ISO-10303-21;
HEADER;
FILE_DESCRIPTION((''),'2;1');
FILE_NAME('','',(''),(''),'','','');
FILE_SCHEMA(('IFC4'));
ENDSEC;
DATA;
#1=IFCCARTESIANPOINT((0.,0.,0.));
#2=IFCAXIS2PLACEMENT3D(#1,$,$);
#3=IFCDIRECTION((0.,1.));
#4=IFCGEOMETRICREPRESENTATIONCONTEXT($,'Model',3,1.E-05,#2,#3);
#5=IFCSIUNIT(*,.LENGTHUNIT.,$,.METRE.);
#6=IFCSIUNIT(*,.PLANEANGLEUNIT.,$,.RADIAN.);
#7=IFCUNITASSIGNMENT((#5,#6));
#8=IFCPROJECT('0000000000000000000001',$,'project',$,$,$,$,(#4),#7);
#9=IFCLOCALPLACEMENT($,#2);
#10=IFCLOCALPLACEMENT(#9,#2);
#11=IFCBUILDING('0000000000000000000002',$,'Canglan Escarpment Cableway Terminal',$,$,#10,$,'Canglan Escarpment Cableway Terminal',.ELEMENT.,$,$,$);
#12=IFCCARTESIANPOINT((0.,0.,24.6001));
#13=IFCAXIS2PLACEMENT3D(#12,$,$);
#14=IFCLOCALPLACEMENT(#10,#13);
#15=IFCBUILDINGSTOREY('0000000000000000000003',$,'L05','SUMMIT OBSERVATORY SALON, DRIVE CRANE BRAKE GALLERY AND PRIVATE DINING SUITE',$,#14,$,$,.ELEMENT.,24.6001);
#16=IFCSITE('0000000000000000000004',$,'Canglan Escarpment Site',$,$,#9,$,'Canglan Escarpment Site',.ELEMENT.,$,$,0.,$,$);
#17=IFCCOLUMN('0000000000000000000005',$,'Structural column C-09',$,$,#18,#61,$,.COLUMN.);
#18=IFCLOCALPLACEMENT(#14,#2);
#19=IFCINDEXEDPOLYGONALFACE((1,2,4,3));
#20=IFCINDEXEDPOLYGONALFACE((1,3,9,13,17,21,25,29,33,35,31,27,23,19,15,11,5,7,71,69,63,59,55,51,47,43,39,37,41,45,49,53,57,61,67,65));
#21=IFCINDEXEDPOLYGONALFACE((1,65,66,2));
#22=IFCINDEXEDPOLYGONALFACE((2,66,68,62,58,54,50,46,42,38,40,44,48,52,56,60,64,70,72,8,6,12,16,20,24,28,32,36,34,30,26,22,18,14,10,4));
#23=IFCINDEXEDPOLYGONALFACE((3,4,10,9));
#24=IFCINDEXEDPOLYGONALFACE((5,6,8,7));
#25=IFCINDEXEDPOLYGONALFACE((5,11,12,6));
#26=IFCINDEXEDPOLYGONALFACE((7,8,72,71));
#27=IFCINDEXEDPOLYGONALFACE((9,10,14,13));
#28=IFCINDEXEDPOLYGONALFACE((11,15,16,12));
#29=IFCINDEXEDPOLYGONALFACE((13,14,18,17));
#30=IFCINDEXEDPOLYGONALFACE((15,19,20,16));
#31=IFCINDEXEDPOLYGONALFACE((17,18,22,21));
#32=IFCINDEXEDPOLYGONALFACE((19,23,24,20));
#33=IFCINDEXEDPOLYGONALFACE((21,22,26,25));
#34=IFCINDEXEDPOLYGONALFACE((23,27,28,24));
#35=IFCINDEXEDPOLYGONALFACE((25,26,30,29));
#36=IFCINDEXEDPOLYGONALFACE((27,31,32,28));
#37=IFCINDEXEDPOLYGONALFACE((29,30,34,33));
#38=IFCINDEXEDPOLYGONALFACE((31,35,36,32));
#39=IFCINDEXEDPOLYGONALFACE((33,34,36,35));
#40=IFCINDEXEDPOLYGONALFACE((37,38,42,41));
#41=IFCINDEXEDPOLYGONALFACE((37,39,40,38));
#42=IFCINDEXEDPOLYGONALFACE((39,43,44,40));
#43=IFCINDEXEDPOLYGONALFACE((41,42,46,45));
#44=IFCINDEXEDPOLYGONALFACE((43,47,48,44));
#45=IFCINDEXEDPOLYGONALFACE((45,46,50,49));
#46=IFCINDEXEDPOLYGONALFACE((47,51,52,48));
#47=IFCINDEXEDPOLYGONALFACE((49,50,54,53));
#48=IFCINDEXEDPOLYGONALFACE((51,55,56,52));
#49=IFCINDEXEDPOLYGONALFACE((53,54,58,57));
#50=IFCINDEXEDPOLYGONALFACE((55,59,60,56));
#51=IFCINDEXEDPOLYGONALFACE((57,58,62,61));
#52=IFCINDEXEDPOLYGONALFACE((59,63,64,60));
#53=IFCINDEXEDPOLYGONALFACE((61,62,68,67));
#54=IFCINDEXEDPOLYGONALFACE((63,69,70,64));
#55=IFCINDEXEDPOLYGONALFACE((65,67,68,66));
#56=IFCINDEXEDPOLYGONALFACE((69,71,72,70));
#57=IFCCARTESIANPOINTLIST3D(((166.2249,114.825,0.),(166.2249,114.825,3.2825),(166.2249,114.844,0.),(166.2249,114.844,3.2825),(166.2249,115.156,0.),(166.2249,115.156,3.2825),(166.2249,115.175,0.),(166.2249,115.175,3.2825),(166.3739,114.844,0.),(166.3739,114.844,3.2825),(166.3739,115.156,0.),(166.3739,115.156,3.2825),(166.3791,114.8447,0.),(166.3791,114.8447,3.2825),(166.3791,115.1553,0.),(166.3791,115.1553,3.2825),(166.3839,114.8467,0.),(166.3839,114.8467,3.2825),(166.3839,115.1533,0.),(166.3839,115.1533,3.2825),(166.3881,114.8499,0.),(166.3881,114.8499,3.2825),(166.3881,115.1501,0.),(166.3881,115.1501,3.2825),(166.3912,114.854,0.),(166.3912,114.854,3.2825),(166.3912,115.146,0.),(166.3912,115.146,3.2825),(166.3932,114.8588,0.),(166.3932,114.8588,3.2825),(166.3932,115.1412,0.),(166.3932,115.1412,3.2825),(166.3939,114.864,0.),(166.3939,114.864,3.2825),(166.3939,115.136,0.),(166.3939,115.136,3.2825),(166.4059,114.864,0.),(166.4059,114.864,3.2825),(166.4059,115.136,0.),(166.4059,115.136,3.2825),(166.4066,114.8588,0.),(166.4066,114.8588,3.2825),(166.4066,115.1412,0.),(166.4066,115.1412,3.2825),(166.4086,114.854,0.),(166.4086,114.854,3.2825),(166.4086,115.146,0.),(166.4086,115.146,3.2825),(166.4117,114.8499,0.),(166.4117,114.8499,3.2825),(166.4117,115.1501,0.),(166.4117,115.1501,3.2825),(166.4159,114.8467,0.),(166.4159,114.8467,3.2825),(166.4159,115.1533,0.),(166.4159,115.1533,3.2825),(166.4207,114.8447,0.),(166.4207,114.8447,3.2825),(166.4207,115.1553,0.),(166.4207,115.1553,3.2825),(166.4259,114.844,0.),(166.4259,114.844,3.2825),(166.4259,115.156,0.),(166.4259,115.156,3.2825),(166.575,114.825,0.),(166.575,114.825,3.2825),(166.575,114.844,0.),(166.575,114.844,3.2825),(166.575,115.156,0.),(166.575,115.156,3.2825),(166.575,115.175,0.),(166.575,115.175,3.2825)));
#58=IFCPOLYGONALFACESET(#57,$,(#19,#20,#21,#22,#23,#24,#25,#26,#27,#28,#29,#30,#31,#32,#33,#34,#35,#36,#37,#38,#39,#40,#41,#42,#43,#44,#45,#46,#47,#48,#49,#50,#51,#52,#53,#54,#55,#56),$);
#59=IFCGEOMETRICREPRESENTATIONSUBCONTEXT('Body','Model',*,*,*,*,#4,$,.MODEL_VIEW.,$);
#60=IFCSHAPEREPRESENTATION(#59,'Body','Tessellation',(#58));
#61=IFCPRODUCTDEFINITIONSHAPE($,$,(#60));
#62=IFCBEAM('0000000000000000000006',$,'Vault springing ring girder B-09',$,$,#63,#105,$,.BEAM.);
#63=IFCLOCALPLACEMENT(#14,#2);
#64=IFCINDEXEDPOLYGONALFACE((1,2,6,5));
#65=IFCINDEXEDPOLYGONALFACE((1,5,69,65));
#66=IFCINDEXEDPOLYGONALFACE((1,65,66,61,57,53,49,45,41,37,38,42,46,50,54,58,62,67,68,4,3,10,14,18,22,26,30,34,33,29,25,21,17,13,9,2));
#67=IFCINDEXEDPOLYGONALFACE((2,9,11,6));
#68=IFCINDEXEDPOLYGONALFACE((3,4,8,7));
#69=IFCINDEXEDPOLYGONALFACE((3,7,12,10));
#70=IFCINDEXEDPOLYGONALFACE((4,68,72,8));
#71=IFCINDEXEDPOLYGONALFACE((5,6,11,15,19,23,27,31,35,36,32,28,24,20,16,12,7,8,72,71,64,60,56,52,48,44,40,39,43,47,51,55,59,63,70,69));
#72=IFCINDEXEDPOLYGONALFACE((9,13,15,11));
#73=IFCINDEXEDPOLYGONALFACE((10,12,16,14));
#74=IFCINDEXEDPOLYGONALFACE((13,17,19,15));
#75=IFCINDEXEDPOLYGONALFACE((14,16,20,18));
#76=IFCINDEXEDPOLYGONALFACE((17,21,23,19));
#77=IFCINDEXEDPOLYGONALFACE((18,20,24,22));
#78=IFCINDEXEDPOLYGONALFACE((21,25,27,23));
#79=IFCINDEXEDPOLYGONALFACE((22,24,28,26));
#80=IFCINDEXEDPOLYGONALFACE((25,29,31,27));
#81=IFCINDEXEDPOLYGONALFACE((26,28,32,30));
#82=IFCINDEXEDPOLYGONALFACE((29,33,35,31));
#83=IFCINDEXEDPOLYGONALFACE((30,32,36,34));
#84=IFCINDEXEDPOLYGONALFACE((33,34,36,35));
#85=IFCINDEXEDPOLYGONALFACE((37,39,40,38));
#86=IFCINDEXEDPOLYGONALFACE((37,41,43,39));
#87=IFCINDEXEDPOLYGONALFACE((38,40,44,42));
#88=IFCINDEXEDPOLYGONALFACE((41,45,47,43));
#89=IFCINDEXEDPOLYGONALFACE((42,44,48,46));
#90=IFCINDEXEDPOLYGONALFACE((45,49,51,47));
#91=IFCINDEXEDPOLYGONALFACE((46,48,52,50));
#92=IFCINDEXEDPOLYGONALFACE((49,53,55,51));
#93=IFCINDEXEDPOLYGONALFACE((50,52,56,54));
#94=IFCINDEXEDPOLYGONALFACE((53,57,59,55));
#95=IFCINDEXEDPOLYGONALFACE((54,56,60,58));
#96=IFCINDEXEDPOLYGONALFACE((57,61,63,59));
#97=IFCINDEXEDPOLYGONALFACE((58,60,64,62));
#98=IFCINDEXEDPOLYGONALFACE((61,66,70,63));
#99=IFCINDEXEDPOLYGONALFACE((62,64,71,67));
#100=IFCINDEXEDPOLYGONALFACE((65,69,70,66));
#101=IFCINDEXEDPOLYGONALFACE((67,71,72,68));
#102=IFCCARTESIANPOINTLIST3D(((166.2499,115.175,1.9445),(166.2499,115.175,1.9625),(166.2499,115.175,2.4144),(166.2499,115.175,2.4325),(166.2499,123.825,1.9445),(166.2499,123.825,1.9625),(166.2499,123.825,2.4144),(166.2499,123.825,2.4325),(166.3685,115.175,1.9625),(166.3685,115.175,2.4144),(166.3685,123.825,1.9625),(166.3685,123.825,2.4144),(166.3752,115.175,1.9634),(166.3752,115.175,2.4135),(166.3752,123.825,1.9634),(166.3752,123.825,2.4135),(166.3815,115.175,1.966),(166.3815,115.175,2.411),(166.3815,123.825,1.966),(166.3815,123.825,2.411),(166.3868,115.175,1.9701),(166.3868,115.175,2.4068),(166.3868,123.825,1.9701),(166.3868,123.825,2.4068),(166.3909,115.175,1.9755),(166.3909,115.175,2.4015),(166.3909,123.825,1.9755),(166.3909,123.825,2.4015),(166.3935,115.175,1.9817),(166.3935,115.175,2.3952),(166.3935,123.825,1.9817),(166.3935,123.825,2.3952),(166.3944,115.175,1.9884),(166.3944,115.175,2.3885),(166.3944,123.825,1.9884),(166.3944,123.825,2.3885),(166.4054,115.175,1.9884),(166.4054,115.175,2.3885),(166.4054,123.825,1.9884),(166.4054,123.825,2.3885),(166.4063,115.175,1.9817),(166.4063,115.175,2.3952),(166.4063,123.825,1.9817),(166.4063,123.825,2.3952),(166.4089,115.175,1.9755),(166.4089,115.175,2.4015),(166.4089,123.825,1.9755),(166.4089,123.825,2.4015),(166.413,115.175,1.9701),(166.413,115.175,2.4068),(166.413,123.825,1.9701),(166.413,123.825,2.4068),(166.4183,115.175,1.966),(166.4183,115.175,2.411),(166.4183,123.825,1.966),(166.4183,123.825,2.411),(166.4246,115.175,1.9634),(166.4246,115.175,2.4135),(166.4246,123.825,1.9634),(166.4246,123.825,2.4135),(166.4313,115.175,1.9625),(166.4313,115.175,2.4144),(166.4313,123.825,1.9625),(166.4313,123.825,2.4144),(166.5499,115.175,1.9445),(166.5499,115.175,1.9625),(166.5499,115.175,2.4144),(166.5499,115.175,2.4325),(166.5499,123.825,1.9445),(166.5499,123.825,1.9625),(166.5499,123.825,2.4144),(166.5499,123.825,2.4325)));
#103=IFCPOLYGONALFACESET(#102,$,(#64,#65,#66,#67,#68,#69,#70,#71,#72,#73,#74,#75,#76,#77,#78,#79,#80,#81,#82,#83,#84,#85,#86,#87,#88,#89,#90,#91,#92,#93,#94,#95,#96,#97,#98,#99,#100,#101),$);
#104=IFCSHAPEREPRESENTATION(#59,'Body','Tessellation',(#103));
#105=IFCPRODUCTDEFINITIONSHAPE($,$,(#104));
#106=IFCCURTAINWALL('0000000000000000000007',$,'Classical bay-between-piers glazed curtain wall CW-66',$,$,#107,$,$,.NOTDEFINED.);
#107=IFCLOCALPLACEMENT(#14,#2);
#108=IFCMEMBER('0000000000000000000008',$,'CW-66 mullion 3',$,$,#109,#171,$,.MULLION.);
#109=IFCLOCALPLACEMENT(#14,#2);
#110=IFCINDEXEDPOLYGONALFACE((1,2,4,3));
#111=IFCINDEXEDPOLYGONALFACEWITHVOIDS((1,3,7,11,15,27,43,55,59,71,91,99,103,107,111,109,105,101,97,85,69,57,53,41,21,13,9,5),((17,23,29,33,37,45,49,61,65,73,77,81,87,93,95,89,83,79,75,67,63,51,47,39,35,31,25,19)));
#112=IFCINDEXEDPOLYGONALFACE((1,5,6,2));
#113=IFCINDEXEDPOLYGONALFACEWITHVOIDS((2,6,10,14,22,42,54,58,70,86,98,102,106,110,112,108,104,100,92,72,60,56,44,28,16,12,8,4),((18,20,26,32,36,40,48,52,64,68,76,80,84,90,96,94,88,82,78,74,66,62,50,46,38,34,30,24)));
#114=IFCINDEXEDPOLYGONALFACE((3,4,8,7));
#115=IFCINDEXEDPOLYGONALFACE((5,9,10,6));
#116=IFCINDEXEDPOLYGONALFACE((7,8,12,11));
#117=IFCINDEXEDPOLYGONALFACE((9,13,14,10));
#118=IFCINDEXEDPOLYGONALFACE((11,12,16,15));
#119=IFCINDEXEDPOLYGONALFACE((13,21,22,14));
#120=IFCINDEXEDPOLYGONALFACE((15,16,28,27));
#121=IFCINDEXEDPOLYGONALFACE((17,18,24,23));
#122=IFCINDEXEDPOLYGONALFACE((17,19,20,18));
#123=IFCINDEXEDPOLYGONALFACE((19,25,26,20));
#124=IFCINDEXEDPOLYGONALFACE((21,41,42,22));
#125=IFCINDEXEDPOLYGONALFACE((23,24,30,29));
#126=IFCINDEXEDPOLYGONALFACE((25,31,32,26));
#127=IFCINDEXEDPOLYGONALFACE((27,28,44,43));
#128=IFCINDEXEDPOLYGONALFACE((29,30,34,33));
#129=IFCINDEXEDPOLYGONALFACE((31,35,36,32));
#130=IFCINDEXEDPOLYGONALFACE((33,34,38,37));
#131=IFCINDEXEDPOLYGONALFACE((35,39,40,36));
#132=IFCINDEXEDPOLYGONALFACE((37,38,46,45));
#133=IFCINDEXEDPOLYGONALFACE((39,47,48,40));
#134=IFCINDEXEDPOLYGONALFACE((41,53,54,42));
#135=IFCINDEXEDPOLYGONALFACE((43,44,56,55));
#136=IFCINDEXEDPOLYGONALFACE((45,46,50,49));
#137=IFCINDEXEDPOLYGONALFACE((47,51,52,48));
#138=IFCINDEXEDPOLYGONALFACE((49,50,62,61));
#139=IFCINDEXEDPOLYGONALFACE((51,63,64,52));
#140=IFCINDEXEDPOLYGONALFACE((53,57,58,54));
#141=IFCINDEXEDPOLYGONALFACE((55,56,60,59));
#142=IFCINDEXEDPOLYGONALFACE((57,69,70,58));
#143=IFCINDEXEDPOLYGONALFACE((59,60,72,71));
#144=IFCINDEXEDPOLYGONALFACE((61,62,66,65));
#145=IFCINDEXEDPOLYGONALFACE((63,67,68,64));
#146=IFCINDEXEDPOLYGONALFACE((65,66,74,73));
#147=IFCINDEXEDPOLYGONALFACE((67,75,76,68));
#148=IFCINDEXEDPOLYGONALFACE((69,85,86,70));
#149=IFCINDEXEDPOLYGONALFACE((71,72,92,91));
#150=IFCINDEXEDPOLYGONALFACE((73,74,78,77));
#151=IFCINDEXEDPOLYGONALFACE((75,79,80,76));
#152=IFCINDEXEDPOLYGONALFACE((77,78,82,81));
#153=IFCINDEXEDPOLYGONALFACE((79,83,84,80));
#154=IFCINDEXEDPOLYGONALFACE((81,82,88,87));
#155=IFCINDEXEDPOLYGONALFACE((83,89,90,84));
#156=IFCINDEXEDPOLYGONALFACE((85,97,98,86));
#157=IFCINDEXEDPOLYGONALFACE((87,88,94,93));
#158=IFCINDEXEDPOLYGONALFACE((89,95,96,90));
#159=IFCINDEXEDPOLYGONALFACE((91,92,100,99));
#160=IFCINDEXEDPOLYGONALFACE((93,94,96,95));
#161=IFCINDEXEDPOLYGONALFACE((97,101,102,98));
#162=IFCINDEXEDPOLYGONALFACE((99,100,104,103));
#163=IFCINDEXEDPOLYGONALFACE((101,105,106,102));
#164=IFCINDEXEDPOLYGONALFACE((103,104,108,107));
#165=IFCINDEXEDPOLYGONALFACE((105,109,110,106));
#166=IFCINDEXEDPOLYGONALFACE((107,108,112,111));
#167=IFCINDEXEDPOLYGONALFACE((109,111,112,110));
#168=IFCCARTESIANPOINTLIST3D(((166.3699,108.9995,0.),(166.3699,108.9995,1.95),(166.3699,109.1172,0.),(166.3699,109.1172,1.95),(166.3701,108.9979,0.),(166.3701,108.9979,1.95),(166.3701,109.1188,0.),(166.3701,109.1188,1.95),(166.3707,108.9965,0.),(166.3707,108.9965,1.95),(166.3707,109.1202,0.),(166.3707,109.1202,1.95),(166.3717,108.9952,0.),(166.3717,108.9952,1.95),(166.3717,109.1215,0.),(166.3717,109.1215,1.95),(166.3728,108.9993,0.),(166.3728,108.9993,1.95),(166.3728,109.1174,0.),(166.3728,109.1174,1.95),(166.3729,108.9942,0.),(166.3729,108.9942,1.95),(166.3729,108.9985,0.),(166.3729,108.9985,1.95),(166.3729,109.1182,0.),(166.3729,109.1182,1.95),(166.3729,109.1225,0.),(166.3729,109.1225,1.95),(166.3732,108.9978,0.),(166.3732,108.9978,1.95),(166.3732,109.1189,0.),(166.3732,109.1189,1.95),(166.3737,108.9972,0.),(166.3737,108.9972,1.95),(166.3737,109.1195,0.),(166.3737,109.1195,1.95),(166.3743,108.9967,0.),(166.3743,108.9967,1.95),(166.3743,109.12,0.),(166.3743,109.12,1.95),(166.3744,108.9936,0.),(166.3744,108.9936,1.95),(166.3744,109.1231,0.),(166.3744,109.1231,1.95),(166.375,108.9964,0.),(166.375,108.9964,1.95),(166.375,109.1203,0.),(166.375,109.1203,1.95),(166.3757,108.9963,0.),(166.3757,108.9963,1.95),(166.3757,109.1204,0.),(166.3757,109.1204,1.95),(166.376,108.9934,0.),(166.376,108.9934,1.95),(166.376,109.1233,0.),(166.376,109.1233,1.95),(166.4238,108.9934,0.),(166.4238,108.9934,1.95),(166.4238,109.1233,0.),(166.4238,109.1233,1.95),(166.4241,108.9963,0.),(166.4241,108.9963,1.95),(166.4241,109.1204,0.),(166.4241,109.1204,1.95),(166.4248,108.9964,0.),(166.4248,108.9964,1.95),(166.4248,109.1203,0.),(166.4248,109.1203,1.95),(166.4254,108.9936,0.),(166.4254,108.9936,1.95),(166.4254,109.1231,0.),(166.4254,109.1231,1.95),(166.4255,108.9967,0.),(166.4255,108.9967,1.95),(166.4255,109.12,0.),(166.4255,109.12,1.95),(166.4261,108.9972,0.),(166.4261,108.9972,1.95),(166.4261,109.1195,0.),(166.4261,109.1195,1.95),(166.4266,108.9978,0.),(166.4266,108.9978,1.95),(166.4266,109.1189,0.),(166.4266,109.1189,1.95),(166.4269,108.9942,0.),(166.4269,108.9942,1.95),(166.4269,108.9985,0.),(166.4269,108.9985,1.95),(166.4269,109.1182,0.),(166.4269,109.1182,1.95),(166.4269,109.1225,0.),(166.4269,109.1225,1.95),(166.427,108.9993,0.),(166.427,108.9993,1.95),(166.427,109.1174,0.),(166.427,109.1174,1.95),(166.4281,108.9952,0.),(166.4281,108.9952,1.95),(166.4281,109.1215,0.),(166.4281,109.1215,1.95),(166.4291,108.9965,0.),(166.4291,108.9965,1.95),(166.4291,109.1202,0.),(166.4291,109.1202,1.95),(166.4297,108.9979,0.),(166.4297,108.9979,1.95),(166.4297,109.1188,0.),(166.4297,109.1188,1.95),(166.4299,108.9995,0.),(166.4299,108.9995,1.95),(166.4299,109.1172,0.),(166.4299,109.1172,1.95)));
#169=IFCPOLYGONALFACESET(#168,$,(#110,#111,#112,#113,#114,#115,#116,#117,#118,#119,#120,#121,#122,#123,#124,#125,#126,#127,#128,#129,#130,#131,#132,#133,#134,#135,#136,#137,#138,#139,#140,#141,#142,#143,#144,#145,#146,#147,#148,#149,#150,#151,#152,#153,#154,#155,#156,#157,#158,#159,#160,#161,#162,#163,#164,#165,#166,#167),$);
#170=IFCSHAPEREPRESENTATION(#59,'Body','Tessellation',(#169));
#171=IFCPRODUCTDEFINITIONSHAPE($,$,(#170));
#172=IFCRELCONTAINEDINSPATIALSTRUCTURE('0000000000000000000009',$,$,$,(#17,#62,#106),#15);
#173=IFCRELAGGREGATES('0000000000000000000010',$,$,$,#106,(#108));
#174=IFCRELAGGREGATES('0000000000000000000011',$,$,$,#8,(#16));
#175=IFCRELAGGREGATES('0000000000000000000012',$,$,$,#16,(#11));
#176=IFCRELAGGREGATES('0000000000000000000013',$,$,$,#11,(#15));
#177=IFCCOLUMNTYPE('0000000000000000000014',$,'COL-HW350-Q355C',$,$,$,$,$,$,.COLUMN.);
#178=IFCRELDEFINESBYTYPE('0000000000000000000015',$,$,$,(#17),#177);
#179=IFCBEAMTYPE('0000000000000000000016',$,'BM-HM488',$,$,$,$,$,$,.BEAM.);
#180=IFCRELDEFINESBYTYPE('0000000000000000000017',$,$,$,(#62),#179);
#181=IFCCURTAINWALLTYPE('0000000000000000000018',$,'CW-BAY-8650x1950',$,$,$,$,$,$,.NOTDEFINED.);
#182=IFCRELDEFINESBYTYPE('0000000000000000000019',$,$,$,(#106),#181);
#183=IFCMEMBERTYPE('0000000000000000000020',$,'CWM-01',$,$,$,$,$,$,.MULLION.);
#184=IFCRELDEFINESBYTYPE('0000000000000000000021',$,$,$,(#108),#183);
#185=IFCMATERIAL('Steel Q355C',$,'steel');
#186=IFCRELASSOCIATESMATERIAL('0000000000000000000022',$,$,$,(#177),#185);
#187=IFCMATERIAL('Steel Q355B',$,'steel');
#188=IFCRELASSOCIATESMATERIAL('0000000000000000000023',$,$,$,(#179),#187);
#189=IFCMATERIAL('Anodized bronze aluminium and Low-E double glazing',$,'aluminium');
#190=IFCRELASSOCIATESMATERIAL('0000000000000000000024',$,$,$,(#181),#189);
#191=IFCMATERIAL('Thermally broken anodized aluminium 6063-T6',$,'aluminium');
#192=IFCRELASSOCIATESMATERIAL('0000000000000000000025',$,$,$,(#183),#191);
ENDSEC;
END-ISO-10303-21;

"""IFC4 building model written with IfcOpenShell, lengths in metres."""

from ifc_helpers import new_model, si_unit, direction, frame, origin, origin_2d, place, context, subcontext, project, spatial, hollow_rectangle, i_section, extrude, material, material_profile, profile_set, type_object, element, aggregate, save


model = new_model("IFC4")

# Units and contexts
model_context = context("Model", 3, precision=1e-05, world=origin(), true_north=direction((0.0, 1.0)))
body_context = subcontext(model_context, "Body", "Model", "MODEL_VIEW")
ifc_project = project(units=[si_unit("LENGTHUNIT", "METRE"), si_unit("PLANEANGLEUNIT", "RADIAN")], contexts=[model_context])

# Site, building, storey
site_placement = place(None, origin())
site = spatial("IfcSite", under=ifc_project, at=site_placement, Name="Canglan Escarpment Site", LongName="Canglan Escarpment Site", CompositionType="ELEMENT", RefElevation=0.0)
building_placement = place(site_placement, origin())
building = spatial("IfcBuilding", under=site, at=building_placement, Name="Canglan Escarpment Cableway Terminal", LongName="Canglan Escarpment Cableway Terminal", CompositionType="ELEMENT")
storey_placement = place(building_placement, frame((0.0, 0.0, 24.6001)))
storey = spatial("IfcBuildingStorey", under=building, at=storey_placement, Name="L05", Description="SUMMIT OBSERVATORY SALON, DRIVE CRANE BRAKE GALLERY AND PRIVATE DINING SUITE", CompositionType="ELEMENT", Elevation=24.6001)

# Column
ifc_material_1 = material(Name="Steel Q355C", Category="steel")
ifc_material_profile_1 = material_profile(ifc_material_1, i_section(OverallWidth=0.3501, OverallDepth=0.3501, WebThickness=0.012, FlangeThickness=0.019, FilletRadius=0.02, at=origin_2d()), Name="HW 350x350x12x19")
ifc_profile_set_1 = profile_set([ifc_material_profile_1], Name="Steel Q355C")
column_type = type_object("IfcColumnType", Name="COL-HW350-Q355C", PredefinedType="COLUMN", material=ifc_profile_set_1)
column_placement = place(storey_placement, frame((166.3999, 115.0, 0.0), z_axis=(0.0, 0.0, 1.0), x_axis=(1.0, 0.0, 0.0)))
element("IfcColumn", 1, at=column_placement, inside=storey, type_object=column_type, Name="Structural column C-09", PredefinedType="COLUMN", context=body_context, shape_type="SweptSolid", body=[
    extrude(i_section(OverallWidth=0.3501, OverallDepth=0.3501, WebThickness=0.012, FlangeThickness=0.019, FilletRadius=0.02, at=origin_2d()), origin(), (0.0, 0.0, 1.0), 3.2825),
])

# Beam
ifc_material_2 = material(Name="Steel Q355B", Category="steel")
ifc_material_profile_2 = material_profile(ifc_material_2, i_section(OverallWidth=0.3, OverallDepth=0.488, WebThickness=0.011, FlangeThickness=0.0181, FilletRadius=0.0259, at=origin_2d()), Name="HM 488x300x11x18")
ifc_profile_set_2 = profile_set([ifc_material_profile_2], Name="Steel Q355B")
beam_type = type_object("IfcBeamType", Name="BM-HM488", PredefinedType="BEAM", material=ifc_profile_set_2)
beam_placement = place(storey_placement, frame((166.3999, 115.175, 2.1885), z_axis=(0.0, 1.0, 0.0), x_axis=(-1.0, 0.0, 0.0)))
element("IfcBeam", 2, at=beam_placement, inside=storey, type_object=beam_type, Name="Vault springing ring girder B-09", PredefinedType="BEAM", context=body_context, shape_type="SweptSolid", body=[
    extrude(i_section(OverallWidth=0.3, OverallDepth=0.488, WebThickness=0.011, FlangeThickness=0.0181, FilletRadius=0.0259, at=origin_2d()), origin(), (0.0, 0.0, 1.0), 8.6499),
])

# Curtain wall, member
ifc_material_3 = material(Name="Anodized bronze aluminium and Low-E double glazing", Category="aluminium")
curtain_wall_type = type_object("IfcCurtainWallType", Name="CW-BAY-8650x1950", PredefinedType="NOTDEFINED", material=ifc_material_3)
curtain_wall_1_placement = place(storey_placement, origin())
curtain_wall_1 = element("IfcCurtainWall", 3, at=curtain_wall_1_placement, inside=storey, type_object=curtain_wall_type, Name="Classical bay-between-piers glazed curtain wall CW-66", PredefinedType="NOTDEFINED")
ifc_material_4 = material(Name="Thermally broken anodized aluminium 6063-T6", Category="aluminium")
ifc_material_profile_3 = material_profile(ifc_material_4, hollow_rectangle(XDim=0.0601, YDim=0.1299, WallThickness=0.0029, InnerFilletRadius=0.0029, OuterFilletRadius=0.0061, at=origin_2d()), Name="ALU-MULL 60x130x3")
ifc_profile_set_3 = profile_set([ifc_material_profile_3], Name="Thermally broken anodized aluminium 6063-T6")
member_type_1 = type_object("IfcMemberType", Name="CWM-01", PredefinedType="MULLION", material=ifc_profile_set_3)
member_1_placement = place(storey_placement, frame((166.3999, 109.0583, 0.0), z_axis=(0.0, 0.0, 1.0), x_axis=(-1.0, 0.0, 0.0)))
member_1 = element("IfcMember", 4, at=member_1_placement, type_object=member_type_1, Name="CW-66 mullion 3", PredefinedType="MULLION", context=body_context, shape_type="SweptSolid", body=[
    extrude(hollow_rectangle(XDim=0.0601, YDim=0.1299, WallThickness=0.0029, InnerFilletRadius=0.0029, OuterFilletRadius=0.0061, at=origin_2d()), origin(), (0.0, 0.0, 1.0), 1.95),
])

aggregate(curtain_wall_1, [member_1])

save(model, "model.ifc")
